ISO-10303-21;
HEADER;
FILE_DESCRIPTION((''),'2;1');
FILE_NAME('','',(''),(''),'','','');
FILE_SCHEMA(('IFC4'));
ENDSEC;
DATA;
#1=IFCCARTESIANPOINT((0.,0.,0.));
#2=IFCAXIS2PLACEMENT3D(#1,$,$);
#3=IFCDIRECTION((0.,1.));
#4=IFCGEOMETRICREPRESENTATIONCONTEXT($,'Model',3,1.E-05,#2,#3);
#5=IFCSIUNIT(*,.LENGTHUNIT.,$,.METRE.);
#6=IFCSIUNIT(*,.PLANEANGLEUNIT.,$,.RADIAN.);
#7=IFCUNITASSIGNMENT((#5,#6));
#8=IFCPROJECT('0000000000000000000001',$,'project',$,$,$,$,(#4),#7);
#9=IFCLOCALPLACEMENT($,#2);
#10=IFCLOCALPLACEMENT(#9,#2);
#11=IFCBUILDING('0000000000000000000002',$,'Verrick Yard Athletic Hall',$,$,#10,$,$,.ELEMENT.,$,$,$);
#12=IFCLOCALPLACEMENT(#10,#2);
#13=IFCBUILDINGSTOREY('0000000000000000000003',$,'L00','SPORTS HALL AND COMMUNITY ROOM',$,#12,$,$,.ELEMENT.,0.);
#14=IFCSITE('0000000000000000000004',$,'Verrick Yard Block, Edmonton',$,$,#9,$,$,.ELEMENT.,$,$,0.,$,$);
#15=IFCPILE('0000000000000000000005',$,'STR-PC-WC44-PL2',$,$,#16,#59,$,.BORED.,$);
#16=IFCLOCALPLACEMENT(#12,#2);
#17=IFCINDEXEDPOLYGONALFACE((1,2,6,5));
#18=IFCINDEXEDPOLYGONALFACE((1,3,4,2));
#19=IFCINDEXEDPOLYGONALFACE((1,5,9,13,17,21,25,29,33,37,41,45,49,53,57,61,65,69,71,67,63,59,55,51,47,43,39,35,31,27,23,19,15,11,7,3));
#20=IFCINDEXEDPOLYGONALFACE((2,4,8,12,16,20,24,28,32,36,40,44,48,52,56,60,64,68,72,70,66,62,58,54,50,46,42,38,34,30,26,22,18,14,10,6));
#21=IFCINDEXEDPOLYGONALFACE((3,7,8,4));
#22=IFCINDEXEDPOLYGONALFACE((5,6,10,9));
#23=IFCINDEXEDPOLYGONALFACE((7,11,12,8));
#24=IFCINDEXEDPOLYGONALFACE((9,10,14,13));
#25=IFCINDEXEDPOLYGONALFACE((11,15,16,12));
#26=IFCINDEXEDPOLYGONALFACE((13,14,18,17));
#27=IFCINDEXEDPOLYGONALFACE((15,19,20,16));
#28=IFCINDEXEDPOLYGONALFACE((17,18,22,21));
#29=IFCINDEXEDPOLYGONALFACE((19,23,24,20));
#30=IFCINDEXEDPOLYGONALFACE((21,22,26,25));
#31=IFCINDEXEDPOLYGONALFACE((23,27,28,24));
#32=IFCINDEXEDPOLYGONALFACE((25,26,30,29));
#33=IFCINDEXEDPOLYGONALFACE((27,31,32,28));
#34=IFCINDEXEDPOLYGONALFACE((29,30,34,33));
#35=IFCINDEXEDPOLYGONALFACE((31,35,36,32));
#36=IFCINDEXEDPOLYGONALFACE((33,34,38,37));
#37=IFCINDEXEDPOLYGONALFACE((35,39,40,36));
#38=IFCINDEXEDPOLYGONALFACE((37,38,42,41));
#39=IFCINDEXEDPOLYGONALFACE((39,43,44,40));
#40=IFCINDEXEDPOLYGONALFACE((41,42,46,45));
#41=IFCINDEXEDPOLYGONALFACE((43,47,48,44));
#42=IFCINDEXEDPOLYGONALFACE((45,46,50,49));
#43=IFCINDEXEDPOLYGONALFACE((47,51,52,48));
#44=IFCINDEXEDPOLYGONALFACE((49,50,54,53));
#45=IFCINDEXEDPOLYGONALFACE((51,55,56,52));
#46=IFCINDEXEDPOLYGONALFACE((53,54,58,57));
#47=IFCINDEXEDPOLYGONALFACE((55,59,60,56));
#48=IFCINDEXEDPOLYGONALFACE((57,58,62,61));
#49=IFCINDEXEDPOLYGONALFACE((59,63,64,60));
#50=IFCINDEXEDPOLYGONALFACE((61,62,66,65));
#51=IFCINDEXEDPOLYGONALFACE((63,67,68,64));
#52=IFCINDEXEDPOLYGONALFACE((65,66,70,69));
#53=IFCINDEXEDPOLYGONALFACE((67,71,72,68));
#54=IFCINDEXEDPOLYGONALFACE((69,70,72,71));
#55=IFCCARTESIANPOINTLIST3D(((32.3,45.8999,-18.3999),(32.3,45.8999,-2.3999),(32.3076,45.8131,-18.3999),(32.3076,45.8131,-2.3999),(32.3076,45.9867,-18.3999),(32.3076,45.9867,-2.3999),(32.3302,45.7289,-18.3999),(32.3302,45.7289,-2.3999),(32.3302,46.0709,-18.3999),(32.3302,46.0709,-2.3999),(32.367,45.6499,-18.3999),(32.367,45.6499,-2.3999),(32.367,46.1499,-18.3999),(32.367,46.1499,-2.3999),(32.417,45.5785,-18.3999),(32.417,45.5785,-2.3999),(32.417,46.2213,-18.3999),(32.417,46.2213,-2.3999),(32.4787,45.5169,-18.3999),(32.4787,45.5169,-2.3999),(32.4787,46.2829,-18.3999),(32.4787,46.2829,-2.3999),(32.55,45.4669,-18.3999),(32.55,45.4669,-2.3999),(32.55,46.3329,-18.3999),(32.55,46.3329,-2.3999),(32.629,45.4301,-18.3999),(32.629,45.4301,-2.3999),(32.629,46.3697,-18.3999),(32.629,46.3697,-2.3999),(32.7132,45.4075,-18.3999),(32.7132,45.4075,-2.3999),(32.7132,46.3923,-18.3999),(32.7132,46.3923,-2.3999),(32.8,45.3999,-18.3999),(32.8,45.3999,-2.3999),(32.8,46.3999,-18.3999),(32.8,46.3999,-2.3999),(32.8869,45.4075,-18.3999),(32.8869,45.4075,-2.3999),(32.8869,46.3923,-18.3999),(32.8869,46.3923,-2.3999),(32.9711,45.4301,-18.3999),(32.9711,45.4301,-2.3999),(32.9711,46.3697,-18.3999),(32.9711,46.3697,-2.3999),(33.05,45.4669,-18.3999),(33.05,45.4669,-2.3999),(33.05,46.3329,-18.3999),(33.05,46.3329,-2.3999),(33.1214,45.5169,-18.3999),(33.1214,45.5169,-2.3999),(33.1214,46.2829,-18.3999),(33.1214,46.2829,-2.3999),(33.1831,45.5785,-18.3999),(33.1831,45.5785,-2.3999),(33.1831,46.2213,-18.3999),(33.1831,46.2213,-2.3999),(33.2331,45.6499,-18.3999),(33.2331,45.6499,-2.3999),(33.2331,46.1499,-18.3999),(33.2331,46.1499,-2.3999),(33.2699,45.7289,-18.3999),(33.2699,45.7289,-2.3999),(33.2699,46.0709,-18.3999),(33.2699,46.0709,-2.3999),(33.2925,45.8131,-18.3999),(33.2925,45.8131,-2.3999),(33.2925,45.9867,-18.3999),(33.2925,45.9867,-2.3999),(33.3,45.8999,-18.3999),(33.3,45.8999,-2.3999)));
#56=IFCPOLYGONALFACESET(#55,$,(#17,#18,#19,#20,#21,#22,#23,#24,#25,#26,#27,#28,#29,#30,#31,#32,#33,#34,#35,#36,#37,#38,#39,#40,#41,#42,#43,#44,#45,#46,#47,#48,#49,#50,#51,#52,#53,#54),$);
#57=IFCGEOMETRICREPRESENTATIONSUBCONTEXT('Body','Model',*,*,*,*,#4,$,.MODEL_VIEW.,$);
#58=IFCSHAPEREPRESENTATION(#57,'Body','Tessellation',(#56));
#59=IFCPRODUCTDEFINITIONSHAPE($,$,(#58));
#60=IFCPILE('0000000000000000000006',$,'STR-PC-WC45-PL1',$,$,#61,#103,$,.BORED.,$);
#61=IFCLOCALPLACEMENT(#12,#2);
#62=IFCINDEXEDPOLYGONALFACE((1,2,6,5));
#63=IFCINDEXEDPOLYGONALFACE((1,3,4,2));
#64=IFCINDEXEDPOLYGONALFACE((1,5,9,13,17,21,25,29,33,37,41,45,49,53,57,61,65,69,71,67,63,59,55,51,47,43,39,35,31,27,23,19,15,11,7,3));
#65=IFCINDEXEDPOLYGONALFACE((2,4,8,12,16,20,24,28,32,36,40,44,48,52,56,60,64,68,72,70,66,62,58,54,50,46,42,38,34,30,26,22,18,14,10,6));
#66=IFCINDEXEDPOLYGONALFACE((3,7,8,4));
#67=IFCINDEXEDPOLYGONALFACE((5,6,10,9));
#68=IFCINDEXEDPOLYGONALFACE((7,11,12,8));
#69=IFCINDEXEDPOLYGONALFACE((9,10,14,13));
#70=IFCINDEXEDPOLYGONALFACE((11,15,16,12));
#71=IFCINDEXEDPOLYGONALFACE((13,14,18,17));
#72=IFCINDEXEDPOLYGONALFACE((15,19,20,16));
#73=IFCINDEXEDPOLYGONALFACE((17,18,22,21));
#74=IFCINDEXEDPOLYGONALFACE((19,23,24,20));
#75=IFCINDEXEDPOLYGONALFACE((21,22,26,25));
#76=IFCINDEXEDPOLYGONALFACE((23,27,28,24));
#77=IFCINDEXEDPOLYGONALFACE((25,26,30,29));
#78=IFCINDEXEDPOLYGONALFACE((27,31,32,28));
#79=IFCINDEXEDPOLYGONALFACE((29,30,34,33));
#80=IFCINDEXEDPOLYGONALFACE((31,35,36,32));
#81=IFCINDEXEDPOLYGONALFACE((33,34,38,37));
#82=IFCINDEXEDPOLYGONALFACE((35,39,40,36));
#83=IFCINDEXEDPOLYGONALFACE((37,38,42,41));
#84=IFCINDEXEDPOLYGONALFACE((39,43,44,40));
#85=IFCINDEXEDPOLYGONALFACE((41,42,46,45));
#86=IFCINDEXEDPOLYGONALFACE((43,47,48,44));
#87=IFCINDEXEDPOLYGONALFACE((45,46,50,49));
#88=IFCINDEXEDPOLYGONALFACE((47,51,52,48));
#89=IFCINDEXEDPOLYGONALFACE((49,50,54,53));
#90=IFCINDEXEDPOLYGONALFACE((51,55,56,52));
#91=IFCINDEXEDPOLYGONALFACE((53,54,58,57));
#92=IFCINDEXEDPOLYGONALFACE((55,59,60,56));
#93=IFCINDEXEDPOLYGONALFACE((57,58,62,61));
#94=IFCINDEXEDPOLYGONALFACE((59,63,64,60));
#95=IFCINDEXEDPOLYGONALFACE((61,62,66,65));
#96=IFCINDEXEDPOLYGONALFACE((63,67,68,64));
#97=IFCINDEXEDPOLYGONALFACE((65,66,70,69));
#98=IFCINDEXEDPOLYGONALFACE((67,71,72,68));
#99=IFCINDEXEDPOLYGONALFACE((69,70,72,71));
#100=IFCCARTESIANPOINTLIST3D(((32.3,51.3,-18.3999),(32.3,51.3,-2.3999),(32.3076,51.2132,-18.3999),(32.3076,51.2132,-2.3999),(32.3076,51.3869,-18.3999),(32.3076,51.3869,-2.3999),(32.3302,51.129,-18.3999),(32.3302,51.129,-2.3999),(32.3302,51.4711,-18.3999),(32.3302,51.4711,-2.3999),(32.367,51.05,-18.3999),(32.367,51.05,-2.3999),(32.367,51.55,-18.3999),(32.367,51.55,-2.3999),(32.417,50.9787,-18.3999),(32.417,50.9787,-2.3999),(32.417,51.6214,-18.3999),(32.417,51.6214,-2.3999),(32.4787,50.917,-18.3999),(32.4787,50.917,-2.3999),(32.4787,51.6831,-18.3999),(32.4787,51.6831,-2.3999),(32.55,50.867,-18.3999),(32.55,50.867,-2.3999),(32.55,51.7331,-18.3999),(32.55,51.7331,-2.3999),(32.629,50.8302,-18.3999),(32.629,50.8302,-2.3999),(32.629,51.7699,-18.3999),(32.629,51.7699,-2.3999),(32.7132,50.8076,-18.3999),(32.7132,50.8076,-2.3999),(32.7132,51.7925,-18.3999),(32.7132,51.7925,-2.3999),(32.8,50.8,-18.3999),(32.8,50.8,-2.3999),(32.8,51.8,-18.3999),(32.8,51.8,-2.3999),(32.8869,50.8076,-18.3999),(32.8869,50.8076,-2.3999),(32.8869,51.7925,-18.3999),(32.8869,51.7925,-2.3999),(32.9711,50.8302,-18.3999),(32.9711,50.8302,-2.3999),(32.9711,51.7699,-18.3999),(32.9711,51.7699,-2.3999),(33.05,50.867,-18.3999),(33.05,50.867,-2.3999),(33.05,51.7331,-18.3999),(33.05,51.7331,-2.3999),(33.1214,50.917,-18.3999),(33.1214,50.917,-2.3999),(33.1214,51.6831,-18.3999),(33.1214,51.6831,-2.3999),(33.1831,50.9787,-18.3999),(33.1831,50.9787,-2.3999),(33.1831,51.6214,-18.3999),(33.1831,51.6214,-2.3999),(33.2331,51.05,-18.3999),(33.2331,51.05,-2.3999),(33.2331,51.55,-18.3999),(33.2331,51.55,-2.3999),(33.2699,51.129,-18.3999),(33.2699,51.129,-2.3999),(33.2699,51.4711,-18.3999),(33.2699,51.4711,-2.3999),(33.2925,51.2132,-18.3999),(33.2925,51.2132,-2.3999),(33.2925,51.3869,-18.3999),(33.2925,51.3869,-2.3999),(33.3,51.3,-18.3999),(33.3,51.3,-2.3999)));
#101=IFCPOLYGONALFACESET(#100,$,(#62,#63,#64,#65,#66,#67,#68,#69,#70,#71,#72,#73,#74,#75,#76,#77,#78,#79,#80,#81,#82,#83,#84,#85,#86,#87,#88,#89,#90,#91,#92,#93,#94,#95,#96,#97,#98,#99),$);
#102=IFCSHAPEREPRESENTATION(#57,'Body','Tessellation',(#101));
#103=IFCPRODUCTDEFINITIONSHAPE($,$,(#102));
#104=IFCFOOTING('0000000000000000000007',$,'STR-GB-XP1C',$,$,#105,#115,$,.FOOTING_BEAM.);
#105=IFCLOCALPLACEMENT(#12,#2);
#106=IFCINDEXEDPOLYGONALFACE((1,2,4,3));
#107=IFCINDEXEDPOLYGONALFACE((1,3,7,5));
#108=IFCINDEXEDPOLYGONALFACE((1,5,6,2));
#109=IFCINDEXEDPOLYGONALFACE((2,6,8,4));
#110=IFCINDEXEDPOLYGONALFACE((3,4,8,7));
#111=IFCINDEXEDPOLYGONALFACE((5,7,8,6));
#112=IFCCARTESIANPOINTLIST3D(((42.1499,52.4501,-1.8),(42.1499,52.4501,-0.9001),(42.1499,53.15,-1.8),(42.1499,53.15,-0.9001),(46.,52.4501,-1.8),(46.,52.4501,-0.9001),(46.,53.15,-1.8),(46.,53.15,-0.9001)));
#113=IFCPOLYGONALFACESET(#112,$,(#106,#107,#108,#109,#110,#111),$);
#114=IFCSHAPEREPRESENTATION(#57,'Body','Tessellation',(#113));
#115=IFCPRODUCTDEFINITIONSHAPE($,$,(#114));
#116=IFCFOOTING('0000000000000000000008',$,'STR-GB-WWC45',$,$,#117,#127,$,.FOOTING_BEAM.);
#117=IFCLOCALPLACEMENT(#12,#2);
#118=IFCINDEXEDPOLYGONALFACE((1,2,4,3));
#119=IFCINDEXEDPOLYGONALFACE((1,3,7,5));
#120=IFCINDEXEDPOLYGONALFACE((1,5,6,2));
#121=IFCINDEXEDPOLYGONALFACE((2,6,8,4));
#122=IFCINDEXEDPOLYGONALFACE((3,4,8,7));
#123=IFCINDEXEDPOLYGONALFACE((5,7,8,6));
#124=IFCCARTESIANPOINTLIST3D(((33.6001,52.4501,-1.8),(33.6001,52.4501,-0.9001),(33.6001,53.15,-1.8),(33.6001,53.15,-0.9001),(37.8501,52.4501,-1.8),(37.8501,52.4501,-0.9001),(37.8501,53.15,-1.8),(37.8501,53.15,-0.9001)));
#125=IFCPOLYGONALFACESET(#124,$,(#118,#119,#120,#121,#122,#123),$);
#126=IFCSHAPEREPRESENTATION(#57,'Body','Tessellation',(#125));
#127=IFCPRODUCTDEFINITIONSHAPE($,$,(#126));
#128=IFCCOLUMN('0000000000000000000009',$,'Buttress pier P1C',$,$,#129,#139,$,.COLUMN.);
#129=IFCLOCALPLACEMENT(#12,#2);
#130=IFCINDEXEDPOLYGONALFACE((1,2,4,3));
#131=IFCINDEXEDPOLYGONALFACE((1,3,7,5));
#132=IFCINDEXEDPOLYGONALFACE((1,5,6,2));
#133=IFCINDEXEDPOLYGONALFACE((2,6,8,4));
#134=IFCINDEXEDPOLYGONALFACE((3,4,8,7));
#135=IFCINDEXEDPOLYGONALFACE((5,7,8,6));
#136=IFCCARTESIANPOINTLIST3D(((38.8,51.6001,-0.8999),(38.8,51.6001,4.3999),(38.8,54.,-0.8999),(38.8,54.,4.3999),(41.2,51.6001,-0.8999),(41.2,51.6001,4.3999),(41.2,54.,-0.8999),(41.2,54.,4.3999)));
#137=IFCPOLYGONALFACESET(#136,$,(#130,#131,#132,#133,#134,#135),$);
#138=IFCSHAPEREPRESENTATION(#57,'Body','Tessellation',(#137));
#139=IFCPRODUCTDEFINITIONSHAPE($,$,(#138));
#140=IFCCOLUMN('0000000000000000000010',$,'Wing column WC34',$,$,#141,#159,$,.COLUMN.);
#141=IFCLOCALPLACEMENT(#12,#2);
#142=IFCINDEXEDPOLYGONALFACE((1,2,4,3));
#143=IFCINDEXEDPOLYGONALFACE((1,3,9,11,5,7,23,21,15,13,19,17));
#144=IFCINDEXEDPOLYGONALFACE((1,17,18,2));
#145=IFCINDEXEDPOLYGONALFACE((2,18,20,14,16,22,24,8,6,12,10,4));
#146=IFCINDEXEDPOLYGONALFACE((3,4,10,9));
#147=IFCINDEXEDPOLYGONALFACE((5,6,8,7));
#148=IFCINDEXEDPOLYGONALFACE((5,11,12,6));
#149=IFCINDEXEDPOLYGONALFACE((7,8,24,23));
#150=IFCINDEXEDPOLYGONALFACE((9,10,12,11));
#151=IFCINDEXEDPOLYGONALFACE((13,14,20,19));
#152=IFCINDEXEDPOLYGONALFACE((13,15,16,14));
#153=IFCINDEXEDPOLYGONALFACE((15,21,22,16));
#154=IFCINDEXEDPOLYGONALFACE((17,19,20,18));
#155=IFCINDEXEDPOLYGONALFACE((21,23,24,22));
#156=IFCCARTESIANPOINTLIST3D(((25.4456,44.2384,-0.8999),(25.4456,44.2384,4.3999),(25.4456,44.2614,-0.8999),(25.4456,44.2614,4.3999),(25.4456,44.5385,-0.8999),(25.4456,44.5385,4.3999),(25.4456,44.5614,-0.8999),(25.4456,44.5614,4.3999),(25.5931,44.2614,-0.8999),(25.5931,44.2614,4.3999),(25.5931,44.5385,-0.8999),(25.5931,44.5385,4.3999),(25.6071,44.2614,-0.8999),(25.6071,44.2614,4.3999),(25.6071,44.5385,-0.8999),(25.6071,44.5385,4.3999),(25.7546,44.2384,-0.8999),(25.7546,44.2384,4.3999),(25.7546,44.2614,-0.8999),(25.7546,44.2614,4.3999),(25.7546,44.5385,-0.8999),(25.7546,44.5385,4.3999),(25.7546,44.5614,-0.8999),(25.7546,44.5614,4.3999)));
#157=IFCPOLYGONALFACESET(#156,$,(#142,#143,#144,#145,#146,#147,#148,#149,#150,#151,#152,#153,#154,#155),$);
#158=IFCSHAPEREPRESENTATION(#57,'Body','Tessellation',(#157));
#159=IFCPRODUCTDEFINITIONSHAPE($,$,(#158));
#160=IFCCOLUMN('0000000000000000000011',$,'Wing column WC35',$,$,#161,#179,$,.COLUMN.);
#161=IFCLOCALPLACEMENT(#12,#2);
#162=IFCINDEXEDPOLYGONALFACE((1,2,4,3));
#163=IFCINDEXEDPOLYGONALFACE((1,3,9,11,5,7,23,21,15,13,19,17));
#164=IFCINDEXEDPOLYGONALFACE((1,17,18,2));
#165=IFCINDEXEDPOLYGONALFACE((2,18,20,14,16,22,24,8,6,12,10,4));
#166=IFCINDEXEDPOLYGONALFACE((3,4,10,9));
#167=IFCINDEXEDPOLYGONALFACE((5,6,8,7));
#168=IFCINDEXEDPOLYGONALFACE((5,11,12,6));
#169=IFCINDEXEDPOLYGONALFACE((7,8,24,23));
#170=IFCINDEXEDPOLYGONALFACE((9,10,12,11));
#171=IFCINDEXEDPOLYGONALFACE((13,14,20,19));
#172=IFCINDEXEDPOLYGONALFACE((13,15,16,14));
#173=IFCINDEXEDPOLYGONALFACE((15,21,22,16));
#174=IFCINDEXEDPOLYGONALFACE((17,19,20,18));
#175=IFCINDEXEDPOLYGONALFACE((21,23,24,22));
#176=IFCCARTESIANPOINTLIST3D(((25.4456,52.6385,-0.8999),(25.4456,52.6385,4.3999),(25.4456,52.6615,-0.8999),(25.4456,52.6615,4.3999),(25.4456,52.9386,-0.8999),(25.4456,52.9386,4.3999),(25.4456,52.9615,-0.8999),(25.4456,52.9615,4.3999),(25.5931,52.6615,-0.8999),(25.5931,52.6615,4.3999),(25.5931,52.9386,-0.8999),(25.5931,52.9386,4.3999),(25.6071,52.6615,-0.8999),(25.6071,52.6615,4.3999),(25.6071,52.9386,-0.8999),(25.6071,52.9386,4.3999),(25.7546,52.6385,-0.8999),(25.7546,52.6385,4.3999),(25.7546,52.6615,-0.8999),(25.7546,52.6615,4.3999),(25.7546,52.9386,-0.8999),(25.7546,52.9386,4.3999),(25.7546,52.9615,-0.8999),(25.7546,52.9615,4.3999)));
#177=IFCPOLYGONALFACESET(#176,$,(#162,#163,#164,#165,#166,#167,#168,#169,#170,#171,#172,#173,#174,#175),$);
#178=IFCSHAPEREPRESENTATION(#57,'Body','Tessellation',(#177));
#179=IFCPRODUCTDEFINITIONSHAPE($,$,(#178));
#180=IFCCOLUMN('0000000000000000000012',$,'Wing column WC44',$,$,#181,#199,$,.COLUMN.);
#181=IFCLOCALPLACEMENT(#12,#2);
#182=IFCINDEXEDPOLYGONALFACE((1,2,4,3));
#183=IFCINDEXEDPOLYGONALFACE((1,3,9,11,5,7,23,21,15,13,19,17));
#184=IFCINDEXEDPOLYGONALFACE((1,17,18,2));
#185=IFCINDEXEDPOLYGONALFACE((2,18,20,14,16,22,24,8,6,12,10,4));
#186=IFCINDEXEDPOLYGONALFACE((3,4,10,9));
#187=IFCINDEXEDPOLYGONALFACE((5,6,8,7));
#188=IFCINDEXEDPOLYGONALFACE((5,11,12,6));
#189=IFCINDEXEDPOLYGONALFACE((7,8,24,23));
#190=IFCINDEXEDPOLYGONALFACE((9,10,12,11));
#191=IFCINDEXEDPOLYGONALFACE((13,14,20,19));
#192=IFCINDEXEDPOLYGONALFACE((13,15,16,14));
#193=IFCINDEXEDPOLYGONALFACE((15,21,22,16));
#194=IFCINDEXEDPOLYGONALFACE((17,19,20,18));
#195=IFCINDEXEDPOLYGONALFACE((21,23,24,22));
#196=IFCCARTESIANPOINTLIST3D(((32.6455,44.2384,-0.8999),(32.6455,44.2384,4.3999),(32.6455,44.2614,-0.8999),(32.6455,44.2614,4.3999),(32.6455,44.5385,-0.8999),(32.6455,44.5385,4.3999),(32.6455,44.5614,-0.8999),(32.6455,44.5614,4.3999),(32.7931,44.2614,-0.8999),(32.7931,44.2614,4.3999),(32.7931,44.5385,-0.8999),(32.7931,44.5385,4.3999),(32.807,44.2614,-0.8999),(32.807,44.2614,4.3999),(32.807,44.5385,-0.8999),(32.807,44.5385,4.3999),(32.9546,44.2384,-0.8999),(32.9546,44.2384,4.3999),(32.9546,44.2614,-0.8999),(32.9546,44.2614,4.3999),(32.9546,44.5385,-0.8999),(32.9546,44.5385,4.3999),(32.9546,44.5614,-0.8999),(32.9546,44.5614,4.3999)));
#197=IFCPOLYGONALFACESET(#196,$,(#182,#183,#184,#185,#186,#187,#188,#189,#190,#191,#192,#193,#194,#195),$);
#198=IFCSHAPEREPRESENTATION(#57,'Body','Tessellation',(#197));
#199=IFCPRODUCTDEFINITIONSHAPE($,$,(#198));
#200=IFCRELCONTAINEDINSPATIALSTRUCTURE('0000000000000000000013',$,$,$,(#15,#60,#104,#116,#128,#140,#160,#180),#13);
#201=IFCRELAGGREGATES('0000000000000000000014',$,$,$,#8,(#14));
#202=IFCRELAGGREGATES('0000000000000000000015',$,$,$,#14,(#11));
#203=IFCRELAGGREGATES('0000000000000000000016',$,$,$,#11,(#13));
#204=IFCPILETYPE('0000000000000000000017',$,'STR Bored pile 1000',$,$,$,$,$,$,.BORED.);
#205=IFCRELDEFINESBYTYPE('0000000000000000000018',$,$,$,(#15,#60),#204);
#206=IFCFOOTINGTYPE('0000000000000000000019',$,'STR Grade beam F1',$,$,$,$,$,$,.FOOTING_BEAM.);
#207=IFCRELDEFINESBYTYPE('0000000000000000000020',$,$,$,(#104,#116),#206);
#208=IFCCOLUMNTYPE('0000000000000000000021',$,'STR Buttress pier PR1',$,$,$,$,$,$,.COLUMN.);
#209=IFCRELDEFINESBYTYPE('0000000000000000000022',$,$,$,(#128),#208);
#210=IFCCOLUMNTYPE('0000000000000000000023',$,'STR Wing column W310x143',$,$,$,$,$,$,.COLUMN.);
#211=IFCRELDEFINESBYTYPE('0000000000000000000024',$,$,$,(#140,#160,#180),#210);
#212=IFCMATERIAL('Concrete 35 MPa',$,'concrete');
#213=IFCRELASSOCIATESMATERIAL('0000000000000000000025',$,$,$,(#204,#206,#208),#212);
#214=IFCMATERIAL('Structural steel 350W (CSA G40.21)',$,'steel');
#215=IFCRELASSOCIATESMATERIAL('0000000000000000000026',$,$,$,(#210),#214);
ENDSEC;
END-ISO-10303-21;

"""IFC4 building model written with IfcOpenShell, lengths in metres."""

from ifc_helpers import new_model, si_unit, direction, frame, origin, origin_2d, place, context, subcontext, project, spatial, rectangle, circle, i_section, extrude, material, material_profile, profile_set, type_object, element, save


model = new_model("IFC4")

# Units and contexts
model_context = context("Model", 3, precision=1e-05, world=origin(), true_north=direction((0.0, 1.0)))
body_context = subcontext(model_context, "Body", "Model", "MODEL_VIEW")
ifc_project = project(units=[si_unit("LENGTHUNIT", "METRE"), si_unit("PLANEANGLEUNIT", "RADIAN")], contexts=[model_context])

# Site, building, storey
site_placement = place(None, origin())
site = spatial("IfcSite", under=ifc_project, at=site_placement, Name="Verrick Yard Block, Edmonton", CompositionType="ELEMENT", RefElevation=0.0)
building_placement = place(site_placement, origin())
building = spatial("IfcBuilding", under=site, at=building_placement, Name="Verrick Yard Athletic Hall", CompositionType="ELEMENT")
storey_placement = place(building_placement, origin())
storey = spatial("IfcBuildingStorey", under=building, at=storey_placement, Name="L00", Description="SPORTS HALL AND COMMUNITY ROOM", CompositionType="ELEMENT", Elevation=0.0)

# Piles
ifc_material_1 = material(Name="Concrete 35 MPa", Category="concrete")
pile_type = type_object("IfcPileType", Name="STR Bored pile 1000", PredefinedType="BORED", material=ifc_material_1)
for number, where, z_axis, x_axis, name in (
    (1, (32.8, 45.8999, -2.3999), (0.0, 0.0, -1.0), (1.0, 0.0, 0.0), "STR-PC-WC44-PL2"),
    (2, (32.8, 51.3, -2.3999), (0.0, 0.0, -1.0), (1.0, 0.0, 0.0), "STR-PC-WC45-PL1"),
):
    element("IfcPile", number, at=place(storey_placement, frame(where, z_axis=z_axis, x_axis=x_axis)), inside=storey, type_object=pile_type, Name=name, PredefinedType="BORED", context=body_context, shape_type="SweptSolid", body=[
        extrude(circle(Radius=0.5, at=origin_2d()), origin(), (0.0, 0.0, 1.0), 16.0),
    ])

# Footings
ifc_material_profile_1 = material_profile(ifc_material_1, rectangle(XDim=0.7, YDim=0.8999, at=origin_2d()), Name="STR Grade beam F1")
ifc_profile_set_1 = profile_set([ifc_material_profile_1], Name="Concrete 35 MPa")
footing_type = type_object("IfcFootingType", Name="STR Grade beam F1", PredefinedType="FOOTING_BEAM", material=ifc_profile_set_1)
footing_1_placement = place(storey_placement, frame((42.1499, 52.8, -1.3501), z_axis=(1.0, 0.0, 0.0), x_axis=(0.0, 1.0, 0.0)))
element("IfcFooting", 3, at=footing_1_placement, inside=storey, type_object=footing_type, Name="STR-GB-XP1C", PredefinedType="FOOTING_BEAM", context=body_context, shape_type="SweptSolid", body=[
    extrude(rectangle(XDim=0.7, YDim=0.8999, at=origin_2d()), origin(), (0.0, 0.0, 1.0), 3.8501),
])
footing_2_placement = place(storey_placement, frame((33.6001, 52.8, -1.3501), z_axis=(1.0, 0.0, 0.0), x_axis=(0.0, 1.0, 0.0)))
element("IfcFooting", 4, at=footing_2_placement, inside=storey, type_object=footing_type, Name="STR-GB-WWC45", PredefinedType="FOOTING_BEAM", context=body_context, shape_type="SweptSolid", body=[
    extrude(rectangle(XDim=0.7, YDim=0.8999, at=origin_2d()), origin(), (0.0, 0.0, 1.0), 4.25),
])

# Columns
ifc_material_profile_2 = material_profile(ifc_material_1, rectangle(XDim=2.3999, YDim=2.3999, at=origin_2d()), Name="STR Buttress pier PR1")
ifc_profile_set_2 = profile_set([ifc_material_profile_2], Name="Concrete 35 MPa")
column_type_1 = type_object("IfcColumnType", Name="STR Buttress pier PR1", PredefinedType="COLUMN", material=ifc_profile_set_2)
column_placement = place(storey_placement, frame((40.0, 52.8, -0.8999), z_axis=(0.0, 0.0, 1.0), x_axis=(1.0, 0.0, 0.0)))
element("IfcColumn", 5, at=column_placement, inside=storey, type_object=column_type_1, Name="Buttress pier P1C", PredefinedType="COLUMN", context=body_context, shape_type="SweptSolid", body=[
    extrude(rectangle(XDim=2.3999, YDim=2.3999, at=origin_2d()), origin(), (0.0, 0.0, 1.0), 5.2998),
])
ifc_material_2 = material(Name="Structural steel 350W (CSA G40.21)", Category="steel")
ifc_material_profile_3 = material_profile(ifc_material_2, i_section(OverallWidth=0.3091, OverallDepth=0.323, WebThickness=0.0139, FlangeThickness=0.0229, at=origin_2d()), Name="W310x143")
ifc_profile_set_3 = profile_set([ifc_material_profile_3], Name="Structural steel 350W (CSA G40.21)")
column_type_2 = type_object("IfcColumnType", Name="STR Wing column W310x143", PredefinedType="COLUMN", material=ifc_profile_set_3)
for number, where, z_axis, x_axis, name in (
    (6, (25.6001, 44.3999, -0.8999), (0.0, 0.0, 1.0), (1.0, 0.0, 0.0), "Wing column WC34"),
    (7, (25.6001, 52.8, -0.8999), (0.0, 0.0, 1.0), (1.0, 0.0, 0.0), "Wing column WC35"),
    (8, (32.8, 44.3999, -0.8999), (0.0, 0.0, 1.0), (1.0, 0.0, 0.0), "Wing column WC44"),
):
    element("IfcColumn", number, at=place(storey_placement, frame(where, z_axis=z_axis, x_axis=x_axis)), inside=storey, type_object=column_type_2, Name=name, PredefinedType="COLUMN", context=body_context, shape_type="SweptSolid", body=[
        extrude(i_section(OverallWidth=0.3091, OverallDepth=0.323, WebThickness=0.0139, FlangeThickness=0.0229, at=origin_2d()), origin(), (0.0, 0.0, 1.0), 5.2998),
    ])

save(model, "model.ifc")
